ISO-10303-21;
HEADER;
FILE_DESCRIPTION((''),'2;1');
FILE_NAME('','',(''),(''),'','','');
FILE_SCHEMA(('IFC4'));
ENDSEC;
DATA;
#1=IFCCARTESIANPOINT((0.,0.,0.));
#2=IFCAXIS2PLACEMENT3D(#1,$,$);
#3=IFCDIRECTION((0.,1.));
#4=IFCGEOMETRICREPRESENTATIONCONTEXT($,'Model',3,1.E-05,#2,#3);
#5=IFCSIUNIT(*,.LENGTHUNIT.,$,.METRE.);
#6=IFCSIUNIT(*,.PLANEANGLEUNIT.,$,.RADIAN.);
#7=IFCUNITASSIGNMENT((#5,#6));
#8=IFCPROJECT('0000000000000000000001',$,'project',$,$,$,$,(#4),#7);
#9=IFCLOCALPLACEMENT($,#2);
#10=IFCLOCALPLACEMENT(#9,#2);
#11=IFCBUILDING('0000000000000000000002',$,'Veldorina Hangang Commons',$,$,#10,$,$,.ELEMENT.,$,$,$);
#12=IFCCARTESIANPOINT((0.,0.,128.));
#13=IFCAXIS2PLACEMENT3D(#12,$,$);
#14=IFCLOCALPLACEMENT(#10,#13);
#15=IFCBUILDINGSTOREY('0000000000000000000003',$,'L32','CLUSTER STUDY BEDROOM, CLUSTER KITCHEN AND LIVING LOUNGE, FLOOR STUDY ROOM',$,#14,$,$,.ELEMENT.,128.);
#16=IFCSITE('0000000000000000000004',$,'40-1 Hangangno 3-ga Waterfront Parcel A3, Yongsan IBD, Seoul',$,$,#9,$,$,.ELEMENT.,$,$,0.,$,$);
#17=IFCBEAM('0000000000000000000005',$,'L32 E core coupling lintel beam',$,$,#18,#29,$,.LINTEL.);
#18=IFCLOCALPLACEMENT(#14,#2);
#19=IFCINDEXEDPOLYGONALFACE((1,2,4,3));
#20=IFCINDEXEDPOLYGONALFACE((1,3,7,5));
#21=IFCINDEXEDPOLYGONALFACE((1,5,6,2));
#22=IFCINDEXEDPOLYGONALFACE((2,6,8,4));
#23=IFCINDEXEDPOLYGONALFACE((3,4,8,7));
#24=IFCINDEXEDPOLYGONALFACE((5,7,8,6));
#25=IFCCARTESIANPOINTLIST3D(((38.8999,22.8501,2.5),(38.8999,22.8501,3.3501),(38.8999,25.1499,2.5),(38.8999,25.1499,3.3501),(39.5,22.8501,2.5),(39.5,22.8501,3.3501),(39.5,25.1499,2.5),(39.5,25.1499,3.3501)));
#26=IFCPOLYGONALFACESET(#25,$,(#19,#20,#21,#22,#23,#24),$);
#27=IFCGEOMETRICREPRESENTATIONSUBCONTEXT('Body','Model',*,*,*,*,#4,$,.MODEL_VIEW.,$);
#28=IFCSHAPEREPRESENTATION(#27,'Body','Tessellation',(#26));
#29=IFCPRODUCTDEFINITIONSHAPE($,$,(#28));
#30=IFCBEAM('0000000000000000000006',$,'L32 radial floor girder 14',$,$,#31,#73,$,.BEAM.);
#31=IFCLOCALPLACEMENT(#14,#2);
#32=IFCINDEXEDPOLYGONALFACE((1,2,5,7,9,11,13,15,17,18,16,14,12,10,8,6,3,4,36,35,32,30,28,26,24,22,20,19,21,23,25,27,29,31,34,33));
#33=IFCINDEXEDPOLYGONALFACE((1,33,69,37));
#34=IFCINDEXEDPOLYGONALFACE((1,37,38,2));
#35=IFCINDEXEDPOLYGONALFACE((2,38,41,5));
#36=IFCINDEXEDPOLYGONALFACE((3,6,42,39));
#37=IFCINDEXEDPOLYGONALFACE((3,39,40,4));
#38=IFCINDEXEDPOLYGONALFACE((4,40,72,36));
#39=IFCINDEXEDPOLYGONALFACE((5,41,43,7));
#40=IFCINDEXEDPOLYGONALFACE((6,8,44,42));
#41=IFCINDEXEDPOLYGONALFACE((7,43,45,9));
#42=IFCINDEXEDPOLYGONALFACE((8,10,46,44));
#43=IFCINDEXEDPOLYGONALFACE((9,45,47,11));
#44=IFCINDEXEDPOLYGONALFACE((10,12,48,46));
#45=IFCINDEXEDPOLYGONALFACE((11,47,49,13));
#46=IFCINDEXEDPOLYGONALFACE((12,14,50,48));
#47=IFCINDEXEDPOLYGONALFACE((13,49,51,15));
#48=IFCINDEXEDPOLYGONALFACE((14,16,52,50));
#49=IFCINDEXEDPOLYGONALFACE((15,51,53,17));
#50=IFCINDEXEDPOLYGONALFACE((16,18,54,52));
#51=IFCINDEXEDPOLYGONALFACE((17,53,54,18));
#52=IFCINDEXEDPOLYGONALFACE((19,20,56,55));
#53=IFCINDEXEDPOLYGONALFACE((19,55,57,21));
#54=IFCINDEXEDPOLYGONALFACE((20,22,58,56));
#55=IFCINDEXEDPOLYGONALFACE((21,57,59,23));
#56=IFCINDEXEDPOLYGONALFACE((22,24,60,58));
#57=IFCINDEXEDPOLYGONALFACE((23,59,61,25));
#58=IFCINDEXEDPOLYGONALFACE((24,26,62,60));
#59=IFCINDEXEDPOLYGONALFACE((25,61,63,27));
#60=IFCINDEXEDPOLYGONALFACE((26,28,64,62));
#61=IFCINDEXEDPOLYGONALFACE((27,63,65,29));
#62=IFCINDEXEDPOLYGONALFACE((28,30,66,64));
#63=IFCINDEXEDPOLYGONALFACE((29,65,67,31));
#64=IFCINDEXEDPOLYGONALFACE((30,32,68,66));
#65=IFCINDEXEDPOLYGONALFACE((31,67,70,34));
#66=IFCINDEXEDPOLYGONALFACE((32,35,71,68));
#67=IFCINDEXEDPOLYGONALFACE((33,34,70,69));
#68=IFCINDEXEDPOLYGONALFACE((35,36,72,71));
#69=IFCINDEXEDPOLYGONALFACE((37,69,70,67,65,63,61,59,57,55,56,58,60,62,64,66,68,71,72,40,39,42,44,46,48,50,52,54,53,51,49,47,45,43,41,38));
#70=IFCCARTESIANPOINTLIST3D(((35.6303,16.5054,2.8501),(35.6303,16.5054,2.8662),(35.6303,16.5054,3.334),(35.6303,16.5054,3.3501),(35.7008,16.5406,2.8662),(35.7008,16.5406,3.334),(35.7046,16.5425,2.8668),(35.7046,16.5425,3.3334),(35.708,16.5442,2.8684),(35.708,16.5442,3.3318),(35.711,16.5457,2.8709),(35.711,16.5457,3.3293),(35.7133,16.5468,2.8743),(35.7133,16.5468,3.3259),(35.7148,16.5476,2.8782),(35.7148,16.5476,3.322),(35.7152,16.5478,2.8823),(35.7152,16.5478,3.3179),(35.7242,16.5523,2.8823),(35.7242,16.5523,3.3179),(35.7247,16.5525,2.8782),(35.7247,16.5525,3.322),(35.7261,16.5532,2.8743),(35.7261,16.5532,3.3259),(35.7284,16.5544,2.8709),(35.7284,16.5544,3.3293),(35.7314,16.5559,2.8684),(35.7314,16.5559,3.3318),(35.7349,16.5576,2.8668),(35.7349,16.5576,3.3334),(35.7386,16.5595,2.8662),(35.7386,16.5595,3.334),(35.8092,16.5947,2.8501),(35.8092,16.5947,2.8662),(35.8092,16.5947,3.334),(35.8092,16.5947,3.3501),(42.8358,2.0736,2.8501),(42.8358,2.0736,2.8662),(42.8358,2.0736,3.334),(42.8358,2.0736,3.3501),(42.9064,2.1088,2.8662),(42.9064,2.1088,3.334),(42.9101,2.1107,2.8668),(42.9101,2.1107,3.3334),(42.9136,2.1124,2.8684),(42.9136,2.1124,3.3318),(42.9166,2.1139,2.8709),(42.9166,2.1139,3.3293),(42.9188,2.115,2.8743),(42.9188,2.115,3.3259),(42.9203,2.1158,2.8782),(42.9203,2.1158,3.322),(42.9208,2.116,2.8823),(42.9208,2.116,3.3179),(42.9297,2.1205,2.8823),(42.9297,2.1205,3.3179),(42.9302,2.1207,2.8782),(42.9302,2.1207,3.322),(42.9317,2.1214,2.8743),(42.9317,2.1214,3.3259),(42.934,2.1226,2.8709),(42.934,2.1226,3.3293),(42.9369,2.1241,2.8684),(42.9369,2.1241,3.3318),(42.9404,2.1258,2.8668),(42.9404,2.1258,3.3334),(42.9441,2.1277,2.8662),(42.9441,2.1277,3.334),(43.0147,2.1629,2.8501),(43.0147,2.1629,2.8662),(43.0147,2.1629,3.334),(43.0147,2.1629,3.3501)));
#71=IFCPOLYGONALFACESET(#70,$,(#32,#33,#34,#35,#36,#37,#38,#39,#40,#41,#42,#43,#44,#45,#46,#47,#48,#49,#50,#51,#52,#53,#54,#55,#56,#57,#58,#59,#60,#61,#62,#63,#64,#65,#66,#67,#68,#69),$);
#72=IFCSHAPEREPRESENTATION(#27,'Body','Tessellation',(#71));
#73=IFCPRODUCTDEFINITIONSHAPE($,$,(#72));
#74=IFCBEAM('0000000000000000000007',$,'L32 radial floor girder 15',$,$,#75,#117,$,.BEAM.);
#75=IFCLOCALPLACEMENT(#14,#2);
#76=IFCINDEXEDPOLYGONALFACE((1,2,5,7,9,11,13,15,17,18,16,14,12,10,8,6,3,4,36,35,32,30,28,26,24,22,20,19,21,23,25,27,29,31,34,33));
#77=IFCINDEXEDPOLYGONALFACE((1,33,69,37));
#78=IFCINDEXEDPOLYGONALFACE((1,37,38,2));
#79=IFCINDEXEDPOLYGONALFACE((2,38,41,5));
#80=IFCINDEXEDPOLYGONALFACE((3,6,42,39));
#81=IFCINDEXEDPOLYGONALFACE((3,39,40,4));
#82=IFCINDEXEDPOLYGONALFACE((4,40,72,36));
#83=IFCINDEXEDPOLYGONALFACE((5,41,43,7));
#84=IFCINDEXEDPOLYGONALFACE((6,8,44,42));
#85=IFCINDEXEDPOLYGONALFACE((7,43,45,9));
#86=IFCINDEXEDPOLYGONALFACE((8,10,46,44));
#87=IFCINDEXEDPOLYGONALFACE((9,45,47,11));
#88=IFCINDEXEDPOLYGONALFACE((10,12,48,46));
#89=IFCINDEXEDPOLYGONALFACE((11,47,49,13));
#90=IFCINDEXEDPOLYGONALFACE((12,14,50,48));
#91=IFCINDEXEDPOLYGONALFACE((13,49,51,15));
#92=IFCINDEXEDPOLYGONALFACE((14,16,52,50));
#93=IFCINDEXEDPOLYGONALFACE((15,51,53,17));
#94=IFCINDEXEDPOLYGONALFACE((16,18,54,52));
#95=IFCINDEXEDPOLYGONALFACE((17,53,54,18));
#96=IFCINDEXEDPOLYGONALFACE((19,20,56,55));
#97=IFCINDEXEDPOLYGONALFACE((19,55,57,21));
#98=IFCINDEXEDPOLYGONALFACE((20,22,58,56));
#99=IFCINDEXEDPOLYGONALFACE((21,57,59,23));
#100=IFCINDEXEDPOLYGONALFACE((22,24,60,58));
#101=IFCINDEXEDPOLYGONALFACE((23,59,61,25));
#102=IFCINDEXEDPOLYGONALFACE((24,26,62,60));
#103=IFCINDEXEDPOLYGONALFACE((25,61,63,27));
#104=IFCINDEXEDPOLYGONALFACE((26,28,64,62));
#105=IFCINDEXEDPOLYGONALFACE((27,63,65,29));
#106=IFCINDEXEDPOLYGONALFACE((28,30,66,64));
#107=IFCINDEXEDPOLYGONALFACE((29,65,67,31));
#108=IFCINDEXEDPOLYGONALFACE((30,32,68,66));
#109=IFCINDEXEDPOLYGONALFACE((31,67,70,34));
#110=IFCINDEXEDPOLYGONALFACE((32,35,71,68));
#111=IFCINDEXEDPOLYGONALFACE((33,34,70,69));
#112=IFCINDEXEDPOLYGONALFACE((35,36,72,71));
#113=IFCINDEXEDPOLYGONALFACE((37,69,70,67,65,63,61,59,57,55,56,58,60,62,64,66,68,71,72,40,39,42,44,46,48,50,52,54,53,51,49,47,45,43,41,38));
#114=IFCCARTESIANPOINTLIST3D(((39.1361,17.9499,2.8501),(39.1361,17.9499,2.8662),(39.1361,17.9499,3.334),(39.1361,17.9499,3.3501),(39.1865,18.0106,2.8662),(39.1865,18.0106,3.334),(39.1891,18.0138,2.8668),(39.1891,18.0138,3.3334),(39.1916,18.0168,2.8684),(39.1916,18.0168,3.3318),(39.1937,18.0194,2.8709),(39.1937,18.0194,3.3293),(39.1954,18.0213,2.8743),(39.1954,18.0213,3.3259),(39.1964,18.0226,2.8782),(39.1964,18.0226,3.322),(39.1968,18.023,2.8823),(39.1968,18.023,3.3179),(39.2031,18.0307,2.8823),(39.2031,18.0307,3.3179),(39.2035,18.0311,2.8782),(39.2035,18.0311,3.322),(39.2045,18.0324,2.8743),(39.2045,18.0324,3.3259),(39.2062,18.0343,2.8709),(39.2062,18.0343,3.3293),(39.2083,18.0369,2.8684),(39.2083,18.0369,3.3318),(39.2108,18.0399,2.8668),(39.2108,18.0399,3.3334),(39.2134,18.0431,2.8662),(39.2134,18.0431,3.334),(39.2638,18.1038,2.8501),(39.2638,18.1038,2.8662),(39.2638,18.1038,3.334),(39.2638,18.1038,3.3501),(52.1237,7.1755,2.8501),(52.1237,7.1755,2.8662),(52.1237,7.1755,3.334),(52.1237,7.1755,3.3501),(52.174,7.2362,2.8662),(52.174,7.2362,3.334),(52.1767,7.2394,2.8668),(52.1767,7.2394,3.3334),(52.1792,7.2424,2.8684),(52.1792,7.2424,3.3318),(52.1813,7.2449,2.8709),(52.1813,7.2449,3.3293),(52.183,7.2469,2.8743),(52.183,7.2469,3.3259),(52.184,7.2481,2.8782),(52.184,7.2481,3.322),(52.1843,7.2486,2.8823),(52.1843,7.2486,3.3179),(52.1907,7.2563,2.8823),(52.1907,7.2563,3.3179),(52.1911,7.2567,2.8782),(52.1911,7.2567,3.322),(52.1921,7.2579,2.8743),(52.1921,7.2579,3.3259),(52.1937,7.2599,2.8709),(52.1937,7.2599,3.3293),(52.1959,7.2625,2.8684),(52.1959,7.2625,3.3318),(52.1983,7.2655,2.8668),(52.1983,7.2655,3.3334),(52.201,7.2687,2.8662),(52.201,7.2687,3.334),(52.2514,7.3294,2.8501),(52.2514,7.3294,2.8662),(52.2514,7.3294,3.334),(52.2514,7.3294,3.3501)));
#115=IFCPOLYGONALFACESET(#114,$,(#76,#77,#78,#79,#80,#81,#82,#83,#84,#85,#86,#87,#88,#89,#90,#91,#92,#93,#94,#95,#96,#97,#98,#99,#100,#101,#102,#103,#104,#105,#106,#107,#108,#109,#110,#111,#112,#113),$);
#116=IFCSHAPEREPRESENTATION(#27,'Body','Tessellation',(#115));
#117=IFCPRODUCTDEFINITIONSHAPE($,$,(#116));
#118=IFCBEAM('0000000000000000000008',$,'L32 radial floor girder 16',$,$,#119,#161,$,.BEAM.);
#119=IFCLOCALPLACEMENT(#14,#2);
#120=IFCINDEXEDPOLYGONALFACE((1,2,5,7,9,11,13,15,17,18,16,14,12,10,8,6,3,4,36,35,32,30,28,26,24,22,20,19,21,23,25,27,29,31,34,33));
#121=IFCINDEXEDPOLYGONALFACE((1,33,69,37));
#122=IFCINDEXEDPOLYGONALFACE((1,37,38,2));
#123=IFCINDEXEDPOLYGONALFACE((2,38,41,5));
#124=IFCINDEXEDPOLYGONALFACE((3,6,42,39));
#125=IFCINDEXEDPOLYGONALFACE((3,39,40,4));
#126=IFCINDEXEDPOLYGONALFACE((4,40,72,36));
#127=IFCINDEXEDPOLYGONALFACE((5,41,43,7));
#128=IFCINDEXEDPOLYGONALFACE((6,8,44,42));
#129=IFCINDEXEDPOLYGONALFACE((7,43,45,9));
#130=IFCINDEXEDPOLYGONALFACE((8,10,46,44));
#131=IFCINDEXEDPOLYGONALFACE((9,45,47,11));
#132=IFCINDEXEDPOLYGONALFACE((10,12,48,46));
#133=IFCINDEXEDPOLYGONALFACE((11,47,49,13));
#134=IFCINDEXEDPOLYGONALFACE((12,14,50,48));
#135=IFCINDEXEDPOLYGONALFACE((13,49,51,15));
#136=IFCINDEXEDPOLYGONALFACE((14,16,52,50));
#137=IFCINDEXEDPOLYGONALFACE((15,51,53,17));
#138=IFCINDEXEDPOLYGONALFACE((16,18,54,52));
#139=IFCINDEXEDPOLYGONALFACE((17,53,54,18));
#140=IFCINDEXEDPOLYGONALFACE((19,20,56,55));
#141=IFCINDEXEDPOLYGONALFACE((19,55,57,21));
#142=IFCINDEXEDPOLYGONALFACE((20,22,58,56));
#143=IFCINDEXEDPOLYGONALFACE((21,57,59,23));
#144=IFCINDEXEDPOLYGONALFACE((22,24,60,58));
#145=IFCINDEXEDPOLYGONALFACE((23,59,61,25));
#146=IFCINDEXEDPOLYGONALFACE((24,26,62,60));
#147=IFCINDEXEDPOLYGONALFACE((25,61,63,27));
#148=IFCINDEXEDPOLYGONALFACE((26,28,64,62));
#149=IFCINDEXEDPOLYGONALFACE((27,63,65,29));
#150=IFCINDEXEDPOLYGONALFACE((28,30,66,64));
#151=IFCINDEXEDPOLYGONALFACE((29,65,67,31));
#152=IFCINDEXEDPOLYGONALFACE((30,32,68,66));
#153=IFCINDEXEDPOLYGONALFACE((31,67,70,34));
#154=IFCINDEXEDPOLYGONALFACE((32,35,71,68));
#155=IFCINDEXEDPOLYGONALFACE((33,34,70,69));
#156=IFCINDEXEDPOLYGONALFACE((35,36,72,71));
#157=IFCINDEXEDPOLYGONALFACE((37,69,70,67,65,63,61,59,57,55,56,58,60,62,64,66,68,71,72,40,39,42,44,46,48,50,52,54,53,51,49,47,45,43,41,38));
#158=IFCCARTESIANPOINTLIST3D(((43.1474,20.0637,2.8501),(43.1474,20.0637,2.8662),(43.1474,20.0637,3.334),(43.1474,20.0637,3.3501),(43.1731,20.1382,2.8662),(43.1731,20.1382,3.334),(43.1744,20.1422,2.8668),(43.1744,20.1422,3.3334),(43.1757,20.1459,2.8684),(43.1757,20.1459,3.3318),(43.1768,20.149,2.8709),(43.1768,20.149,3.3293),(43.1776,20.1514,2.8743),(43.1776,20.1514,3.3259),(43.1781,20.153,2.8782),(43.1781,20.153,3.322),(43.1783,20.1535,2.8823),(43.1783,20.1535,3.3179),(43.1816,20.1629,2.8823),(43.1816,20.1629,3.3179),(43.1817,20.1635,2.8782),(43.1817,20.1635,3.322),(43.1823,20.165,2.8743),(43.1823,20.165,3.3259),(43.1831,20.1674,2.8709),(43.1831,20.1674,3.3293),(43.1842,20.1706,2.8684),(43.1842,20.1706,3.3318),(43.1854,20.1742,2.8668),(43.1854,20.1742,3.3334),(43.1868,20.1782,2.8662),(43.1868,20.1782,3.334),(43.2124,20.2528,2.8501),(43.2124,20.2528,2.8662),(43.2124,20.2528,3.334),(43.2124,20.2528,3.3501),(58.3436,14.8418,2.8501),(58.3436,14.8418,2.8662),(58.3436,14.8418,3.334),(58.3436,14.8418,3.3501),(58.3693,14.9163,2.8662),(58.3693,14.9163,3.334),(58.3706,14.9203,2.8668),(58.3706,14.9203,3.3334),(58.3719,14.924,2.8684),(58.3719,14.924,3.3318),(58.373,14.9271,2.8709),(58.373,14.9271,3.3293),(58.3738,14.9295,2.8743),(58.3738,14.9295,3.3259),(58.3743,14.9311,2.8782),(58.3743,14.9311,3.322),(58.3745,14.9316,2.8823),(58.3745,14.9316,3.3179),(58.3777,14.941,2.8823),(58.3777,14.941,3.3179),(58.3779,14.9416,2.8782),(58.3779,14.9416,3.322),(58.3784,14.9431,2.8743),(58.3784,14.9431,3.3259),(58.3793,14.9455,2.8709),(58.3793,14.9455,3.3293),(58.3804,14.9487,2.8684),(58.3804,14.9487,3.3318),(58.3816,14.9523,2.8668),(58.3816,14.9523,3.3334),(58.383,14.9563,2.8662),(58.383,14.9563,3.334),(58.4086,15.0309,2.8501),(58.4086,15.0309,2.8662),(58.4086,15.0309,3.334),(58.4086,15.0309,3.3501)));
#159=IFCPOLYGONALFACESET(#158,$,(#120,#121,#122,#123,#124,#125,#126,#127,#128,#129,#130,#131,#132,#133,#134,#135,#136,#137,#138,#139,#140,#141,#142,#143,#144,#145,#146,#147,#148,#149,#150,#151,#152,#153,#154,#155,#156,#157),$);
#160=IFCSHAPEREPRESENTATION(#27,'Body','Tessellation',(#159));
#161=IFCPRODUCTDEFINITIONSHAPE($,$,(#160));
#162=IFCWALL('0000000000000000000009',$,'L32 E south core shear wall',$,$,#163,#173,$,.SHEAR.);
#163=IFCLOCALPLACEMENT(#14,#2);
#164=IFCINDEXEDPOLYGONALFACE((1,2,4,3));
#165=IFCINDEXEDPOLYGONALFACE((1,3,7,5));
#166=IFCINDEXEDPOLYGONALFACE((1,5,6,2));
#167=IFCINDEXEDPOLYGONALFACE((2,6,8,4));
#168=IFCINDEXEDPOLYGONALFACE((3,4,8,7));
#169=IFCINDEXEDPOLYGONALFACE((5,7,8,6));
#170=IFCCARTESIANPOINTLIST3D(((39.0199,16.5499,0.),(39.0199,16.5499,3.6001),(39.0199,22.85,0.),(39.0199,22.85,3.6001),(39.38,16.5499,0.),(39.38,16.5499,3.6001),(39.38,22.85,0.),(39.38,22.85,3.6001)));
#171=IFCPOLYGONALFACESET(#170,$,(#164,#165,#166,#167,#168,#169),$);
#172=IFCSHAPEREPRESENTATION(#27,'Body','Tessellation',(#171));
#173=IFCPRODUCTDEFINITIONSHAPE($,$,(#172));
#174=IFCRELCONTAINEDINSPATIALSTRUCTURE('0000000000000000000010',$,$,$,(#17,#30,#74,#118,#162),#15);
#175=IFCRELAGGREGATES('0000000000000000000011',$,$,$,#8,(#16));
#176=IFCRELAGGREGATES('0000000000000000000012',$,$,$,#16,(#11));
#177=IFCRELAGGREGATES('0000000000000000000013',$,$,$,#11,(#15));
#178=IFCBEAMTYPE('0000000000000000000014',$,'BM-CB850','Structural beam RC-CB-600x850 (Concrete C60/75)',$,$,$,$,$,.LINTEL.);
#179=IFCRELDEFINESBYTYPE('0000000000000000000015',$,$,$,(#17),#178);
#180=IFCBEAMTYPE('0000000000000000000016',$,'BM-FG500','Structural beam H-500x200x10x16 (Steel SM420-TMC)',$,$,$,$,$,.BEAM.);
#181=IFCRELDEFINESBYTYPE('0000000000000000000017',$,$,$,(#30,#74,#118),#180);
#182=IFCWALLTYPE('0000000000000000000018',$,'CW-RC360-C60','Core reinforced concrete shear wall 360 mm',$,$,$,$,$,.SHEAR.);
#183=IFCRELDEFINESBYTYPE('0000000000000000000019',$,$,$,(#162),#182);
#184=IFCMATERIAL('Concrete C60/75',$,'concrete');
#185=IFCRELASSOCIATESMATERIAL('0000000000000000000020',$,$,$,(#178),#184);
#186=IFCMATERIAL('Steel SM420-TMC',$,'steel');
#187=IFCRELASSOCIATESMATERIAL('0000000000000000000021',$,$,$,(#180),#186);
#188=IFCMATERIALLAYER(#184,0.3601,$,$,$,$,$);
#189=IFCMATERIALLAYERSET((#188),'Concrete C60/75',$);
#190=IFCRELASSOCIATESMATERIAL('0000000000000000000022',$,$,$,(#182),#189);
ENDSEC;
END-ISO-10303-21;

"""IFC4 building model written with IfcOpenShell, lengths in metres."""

from ifc_helpers import new_model, si_unit, direction, frame, frame_2d, origin, origin_2d, place, context, subcontext, project, spatial, rectangle, i_section, extrude, material, layer, layer_set, material_profile, profile_set, type_object, element, save


model = new_model("IFC4")

# Units and contexts
model_context = context("Model", 3, precision=1e-05, world=origin(), true_north=direction((0.0, 1.0)))
body_context = subcontext(model_context, "Body", "Model", "MODEL_VIEW")
ifc_project = project(units=[si_unit("LENGTHUNIT", "METRE"), si_unit("PLANEANGLEUNIT", "RADIAN")], contexts=[model_context])

# Site, building, storey
site_placement = place(None, origin())
site = spatial("IfcSite", under=ifc_project, at=site_placement, Name="40-1 Hangangno 3-ga Waterfront Parcel A3, Yongsan IBD, Seoul", CompositionType="ELEMENT", RefElevation=0.0)
building_placement = place(site_placement, origin())
building = spatial("IfcBuilding", under=site, at=building_placement, Name="Veldorina Hangang Commons", CompositionType="ELEMENT")
storey_placement = place(building_placement, frame((0.0, 0.0, 128.0)))
storey = spatial("IfcBuildingStorey", under=building, at=storey_placement, Name="L32", Description="CLUSTER STUDY BEDROOM, CLUSTER KITCHEN AND LIVING LOUNGE, FLOOR STUDY ROOM", CompositionType="ELEMENT", Elevation=128.0)

# Beams
ifc_material_1 = material(Name="Concrete C60/75", Category="concrete")
ifc_material_profile_1 = material_profile(ifc_material_1, rectangle(XDim=0.6001, YDim=0.8501, at=origin_2d()), Name="RC-CB-600x850")
ifc_profile_set_1 = profile_set([ifc_material_profile_1], Name="Concrete C60/75")
beam_type_1 = type_object("IfcBeamType", Name="BM-CB850", Description="Structural beam RC-CB-600x850 (Concrete C60/75)", PredefinedType="LINTEL", material=ifc_profile_set_1)
beam_1_placement = place(storey_placement, frame((39.2, 22.8501, 2.925), z_axis=(0.0, 1.0, 0.0), x_axis=(-1.0, 0.0, 0.0)))
element("IfcBeam", 1, at=beam_1_placement, inside=storey, type_object=beam_type_1, Name="L32 E core coupling lintel beam", PredefinedType="LINTEL", context=body_context, shape_type="SweptSolid", body=[
    extrude(rectangle(XDim=0.6001, YDim=0.8501, at=origin_2d()), origin(), (0.0, 0.0, 1.0), 2.2998),
])
ifc_material_2 = material(Name="Steel SM420-TMC", Category="steel")
ifc_material_profile_2 = material_profile(ifc_material_2, i_section(OverallWidth=0.2, OverallDepth=0.5, WebThickness=0.01, FlangeThickness=0.0161, FilletRadius=0.0161, at=origin_2d()), Name="H-500x200x10x16")
ifc_profile_set_2 = profile_set([ifc_material_profile_2], Name="Steel SM420-TMC")
beam_type_2 = type_object("IfcBeamType", Name="BM-FG500", Description="Structural beam H-500x200x10x16 (Steel SM420-TMC)", PredefinedType="BEAM", material=ifc_profile_set_2)
beam_2_placement = place(storey_placement, frame((35.7197, 16.55, 3.1001), z_axis=(0.446699, -0.894684, 0.0), x_axis=(0.894684, 0.446699, 0.0)))
element("IfcBeam", 2, at=beam_2_placement, inside=storey, type_object=beam_type_2, Name="L32 radial floor girder 14", PredefinedType="BEAM", context=body_context, shape_type="SweptSolid", body=[
    extrude(i_section(OverallWidth=0.2, OverallDepth=0.5, WebThickness=0.01, FlangeThickness=0.0161, FilletRadius=0.0161, at=origin_2d()), origin(), (0.0, 0.0, 1.0), 16.1306),
])
beam_3_placement = place(storey_placement, frame((39.2, 18.0269, 3.1001), z_axis=(0.769634, -0.638485, 0.0), x_axis=(0.638485, 0.769634, 0.0)))
element("IfcBeam", 3, at=beam_3_placement, inside=storey, type_object=beam_type_2, Name="L32 radial floor girder 15", PredefinedType="BEAM", context=body_context, shape_type="SweptSolid", body=[
    extrude(i_section(OverallWidth=0.2, OverallDepth=0.5, WebThickness=0.01, FlangeThickness=0.0161, FilletRadius=0.0161, at=origin_2d()), origin(), (0.0, 0.0, 1.0), 16.875),
])
beam_4_placement = place(storey_placement, frame((43.1799, 20.1582, 3.1001), z_axis=(0.945721, -0.32498, 0.0), x_axis=(0.32498, 0.945721, 0.0)))
element("IfcBeam", 4, at=beam_4_placement, inside=storey, type_object=beam_type_2, Name="L32 radial floor girder 16", PredefinedType="BEAM", context=body_context, shape_type="SweptSolid", body=[
    extrude(i_section(OverallWidth=0.2, OverallDepth=0.5, WebThickness=0.01, FlangeThickness=0.0161, FilletRadius=0.0161, at=origin_2d()), origin(), (0.0, 0.0, 1.0), 16.0684),
])

# Wall
ifc_layer_1 = layer(ifc_material_1, 0.3601)
ifc_layer_set_1 = layer_set([ifc_layer_1], Name="Concrete C60/75")
wall_type_1 = type_object("IfcWallType", Name="CW-RC360-C60", Description="Core reinforced concrete shear wall 360 mm", PredefinedType="SHEAR", material=ifc_layer_set_1)
wall_1_placement = place(storey_placement, frame((39.2, 16.55, 0.0), z_axis=(0.0, 0.0, 1.0), x_axis=(0.0, 1.0, 0.0)))
element("IfcWall", 5, at=wall_1_placement, inside=storey, type_object=wall_type_1, Name="L32 E south core shear wall", PredefinedType="SHEAR", context=body_context, shape_type="SweptSolid", body=[
    extrude(rectangle(XDim=6.3, YDim=0.3601, at=frame_2d((3.1499, 0.0))), origin(), (0.0, 0.0, 1.0), 3.6001),
])

save(model, "model.ifc")
